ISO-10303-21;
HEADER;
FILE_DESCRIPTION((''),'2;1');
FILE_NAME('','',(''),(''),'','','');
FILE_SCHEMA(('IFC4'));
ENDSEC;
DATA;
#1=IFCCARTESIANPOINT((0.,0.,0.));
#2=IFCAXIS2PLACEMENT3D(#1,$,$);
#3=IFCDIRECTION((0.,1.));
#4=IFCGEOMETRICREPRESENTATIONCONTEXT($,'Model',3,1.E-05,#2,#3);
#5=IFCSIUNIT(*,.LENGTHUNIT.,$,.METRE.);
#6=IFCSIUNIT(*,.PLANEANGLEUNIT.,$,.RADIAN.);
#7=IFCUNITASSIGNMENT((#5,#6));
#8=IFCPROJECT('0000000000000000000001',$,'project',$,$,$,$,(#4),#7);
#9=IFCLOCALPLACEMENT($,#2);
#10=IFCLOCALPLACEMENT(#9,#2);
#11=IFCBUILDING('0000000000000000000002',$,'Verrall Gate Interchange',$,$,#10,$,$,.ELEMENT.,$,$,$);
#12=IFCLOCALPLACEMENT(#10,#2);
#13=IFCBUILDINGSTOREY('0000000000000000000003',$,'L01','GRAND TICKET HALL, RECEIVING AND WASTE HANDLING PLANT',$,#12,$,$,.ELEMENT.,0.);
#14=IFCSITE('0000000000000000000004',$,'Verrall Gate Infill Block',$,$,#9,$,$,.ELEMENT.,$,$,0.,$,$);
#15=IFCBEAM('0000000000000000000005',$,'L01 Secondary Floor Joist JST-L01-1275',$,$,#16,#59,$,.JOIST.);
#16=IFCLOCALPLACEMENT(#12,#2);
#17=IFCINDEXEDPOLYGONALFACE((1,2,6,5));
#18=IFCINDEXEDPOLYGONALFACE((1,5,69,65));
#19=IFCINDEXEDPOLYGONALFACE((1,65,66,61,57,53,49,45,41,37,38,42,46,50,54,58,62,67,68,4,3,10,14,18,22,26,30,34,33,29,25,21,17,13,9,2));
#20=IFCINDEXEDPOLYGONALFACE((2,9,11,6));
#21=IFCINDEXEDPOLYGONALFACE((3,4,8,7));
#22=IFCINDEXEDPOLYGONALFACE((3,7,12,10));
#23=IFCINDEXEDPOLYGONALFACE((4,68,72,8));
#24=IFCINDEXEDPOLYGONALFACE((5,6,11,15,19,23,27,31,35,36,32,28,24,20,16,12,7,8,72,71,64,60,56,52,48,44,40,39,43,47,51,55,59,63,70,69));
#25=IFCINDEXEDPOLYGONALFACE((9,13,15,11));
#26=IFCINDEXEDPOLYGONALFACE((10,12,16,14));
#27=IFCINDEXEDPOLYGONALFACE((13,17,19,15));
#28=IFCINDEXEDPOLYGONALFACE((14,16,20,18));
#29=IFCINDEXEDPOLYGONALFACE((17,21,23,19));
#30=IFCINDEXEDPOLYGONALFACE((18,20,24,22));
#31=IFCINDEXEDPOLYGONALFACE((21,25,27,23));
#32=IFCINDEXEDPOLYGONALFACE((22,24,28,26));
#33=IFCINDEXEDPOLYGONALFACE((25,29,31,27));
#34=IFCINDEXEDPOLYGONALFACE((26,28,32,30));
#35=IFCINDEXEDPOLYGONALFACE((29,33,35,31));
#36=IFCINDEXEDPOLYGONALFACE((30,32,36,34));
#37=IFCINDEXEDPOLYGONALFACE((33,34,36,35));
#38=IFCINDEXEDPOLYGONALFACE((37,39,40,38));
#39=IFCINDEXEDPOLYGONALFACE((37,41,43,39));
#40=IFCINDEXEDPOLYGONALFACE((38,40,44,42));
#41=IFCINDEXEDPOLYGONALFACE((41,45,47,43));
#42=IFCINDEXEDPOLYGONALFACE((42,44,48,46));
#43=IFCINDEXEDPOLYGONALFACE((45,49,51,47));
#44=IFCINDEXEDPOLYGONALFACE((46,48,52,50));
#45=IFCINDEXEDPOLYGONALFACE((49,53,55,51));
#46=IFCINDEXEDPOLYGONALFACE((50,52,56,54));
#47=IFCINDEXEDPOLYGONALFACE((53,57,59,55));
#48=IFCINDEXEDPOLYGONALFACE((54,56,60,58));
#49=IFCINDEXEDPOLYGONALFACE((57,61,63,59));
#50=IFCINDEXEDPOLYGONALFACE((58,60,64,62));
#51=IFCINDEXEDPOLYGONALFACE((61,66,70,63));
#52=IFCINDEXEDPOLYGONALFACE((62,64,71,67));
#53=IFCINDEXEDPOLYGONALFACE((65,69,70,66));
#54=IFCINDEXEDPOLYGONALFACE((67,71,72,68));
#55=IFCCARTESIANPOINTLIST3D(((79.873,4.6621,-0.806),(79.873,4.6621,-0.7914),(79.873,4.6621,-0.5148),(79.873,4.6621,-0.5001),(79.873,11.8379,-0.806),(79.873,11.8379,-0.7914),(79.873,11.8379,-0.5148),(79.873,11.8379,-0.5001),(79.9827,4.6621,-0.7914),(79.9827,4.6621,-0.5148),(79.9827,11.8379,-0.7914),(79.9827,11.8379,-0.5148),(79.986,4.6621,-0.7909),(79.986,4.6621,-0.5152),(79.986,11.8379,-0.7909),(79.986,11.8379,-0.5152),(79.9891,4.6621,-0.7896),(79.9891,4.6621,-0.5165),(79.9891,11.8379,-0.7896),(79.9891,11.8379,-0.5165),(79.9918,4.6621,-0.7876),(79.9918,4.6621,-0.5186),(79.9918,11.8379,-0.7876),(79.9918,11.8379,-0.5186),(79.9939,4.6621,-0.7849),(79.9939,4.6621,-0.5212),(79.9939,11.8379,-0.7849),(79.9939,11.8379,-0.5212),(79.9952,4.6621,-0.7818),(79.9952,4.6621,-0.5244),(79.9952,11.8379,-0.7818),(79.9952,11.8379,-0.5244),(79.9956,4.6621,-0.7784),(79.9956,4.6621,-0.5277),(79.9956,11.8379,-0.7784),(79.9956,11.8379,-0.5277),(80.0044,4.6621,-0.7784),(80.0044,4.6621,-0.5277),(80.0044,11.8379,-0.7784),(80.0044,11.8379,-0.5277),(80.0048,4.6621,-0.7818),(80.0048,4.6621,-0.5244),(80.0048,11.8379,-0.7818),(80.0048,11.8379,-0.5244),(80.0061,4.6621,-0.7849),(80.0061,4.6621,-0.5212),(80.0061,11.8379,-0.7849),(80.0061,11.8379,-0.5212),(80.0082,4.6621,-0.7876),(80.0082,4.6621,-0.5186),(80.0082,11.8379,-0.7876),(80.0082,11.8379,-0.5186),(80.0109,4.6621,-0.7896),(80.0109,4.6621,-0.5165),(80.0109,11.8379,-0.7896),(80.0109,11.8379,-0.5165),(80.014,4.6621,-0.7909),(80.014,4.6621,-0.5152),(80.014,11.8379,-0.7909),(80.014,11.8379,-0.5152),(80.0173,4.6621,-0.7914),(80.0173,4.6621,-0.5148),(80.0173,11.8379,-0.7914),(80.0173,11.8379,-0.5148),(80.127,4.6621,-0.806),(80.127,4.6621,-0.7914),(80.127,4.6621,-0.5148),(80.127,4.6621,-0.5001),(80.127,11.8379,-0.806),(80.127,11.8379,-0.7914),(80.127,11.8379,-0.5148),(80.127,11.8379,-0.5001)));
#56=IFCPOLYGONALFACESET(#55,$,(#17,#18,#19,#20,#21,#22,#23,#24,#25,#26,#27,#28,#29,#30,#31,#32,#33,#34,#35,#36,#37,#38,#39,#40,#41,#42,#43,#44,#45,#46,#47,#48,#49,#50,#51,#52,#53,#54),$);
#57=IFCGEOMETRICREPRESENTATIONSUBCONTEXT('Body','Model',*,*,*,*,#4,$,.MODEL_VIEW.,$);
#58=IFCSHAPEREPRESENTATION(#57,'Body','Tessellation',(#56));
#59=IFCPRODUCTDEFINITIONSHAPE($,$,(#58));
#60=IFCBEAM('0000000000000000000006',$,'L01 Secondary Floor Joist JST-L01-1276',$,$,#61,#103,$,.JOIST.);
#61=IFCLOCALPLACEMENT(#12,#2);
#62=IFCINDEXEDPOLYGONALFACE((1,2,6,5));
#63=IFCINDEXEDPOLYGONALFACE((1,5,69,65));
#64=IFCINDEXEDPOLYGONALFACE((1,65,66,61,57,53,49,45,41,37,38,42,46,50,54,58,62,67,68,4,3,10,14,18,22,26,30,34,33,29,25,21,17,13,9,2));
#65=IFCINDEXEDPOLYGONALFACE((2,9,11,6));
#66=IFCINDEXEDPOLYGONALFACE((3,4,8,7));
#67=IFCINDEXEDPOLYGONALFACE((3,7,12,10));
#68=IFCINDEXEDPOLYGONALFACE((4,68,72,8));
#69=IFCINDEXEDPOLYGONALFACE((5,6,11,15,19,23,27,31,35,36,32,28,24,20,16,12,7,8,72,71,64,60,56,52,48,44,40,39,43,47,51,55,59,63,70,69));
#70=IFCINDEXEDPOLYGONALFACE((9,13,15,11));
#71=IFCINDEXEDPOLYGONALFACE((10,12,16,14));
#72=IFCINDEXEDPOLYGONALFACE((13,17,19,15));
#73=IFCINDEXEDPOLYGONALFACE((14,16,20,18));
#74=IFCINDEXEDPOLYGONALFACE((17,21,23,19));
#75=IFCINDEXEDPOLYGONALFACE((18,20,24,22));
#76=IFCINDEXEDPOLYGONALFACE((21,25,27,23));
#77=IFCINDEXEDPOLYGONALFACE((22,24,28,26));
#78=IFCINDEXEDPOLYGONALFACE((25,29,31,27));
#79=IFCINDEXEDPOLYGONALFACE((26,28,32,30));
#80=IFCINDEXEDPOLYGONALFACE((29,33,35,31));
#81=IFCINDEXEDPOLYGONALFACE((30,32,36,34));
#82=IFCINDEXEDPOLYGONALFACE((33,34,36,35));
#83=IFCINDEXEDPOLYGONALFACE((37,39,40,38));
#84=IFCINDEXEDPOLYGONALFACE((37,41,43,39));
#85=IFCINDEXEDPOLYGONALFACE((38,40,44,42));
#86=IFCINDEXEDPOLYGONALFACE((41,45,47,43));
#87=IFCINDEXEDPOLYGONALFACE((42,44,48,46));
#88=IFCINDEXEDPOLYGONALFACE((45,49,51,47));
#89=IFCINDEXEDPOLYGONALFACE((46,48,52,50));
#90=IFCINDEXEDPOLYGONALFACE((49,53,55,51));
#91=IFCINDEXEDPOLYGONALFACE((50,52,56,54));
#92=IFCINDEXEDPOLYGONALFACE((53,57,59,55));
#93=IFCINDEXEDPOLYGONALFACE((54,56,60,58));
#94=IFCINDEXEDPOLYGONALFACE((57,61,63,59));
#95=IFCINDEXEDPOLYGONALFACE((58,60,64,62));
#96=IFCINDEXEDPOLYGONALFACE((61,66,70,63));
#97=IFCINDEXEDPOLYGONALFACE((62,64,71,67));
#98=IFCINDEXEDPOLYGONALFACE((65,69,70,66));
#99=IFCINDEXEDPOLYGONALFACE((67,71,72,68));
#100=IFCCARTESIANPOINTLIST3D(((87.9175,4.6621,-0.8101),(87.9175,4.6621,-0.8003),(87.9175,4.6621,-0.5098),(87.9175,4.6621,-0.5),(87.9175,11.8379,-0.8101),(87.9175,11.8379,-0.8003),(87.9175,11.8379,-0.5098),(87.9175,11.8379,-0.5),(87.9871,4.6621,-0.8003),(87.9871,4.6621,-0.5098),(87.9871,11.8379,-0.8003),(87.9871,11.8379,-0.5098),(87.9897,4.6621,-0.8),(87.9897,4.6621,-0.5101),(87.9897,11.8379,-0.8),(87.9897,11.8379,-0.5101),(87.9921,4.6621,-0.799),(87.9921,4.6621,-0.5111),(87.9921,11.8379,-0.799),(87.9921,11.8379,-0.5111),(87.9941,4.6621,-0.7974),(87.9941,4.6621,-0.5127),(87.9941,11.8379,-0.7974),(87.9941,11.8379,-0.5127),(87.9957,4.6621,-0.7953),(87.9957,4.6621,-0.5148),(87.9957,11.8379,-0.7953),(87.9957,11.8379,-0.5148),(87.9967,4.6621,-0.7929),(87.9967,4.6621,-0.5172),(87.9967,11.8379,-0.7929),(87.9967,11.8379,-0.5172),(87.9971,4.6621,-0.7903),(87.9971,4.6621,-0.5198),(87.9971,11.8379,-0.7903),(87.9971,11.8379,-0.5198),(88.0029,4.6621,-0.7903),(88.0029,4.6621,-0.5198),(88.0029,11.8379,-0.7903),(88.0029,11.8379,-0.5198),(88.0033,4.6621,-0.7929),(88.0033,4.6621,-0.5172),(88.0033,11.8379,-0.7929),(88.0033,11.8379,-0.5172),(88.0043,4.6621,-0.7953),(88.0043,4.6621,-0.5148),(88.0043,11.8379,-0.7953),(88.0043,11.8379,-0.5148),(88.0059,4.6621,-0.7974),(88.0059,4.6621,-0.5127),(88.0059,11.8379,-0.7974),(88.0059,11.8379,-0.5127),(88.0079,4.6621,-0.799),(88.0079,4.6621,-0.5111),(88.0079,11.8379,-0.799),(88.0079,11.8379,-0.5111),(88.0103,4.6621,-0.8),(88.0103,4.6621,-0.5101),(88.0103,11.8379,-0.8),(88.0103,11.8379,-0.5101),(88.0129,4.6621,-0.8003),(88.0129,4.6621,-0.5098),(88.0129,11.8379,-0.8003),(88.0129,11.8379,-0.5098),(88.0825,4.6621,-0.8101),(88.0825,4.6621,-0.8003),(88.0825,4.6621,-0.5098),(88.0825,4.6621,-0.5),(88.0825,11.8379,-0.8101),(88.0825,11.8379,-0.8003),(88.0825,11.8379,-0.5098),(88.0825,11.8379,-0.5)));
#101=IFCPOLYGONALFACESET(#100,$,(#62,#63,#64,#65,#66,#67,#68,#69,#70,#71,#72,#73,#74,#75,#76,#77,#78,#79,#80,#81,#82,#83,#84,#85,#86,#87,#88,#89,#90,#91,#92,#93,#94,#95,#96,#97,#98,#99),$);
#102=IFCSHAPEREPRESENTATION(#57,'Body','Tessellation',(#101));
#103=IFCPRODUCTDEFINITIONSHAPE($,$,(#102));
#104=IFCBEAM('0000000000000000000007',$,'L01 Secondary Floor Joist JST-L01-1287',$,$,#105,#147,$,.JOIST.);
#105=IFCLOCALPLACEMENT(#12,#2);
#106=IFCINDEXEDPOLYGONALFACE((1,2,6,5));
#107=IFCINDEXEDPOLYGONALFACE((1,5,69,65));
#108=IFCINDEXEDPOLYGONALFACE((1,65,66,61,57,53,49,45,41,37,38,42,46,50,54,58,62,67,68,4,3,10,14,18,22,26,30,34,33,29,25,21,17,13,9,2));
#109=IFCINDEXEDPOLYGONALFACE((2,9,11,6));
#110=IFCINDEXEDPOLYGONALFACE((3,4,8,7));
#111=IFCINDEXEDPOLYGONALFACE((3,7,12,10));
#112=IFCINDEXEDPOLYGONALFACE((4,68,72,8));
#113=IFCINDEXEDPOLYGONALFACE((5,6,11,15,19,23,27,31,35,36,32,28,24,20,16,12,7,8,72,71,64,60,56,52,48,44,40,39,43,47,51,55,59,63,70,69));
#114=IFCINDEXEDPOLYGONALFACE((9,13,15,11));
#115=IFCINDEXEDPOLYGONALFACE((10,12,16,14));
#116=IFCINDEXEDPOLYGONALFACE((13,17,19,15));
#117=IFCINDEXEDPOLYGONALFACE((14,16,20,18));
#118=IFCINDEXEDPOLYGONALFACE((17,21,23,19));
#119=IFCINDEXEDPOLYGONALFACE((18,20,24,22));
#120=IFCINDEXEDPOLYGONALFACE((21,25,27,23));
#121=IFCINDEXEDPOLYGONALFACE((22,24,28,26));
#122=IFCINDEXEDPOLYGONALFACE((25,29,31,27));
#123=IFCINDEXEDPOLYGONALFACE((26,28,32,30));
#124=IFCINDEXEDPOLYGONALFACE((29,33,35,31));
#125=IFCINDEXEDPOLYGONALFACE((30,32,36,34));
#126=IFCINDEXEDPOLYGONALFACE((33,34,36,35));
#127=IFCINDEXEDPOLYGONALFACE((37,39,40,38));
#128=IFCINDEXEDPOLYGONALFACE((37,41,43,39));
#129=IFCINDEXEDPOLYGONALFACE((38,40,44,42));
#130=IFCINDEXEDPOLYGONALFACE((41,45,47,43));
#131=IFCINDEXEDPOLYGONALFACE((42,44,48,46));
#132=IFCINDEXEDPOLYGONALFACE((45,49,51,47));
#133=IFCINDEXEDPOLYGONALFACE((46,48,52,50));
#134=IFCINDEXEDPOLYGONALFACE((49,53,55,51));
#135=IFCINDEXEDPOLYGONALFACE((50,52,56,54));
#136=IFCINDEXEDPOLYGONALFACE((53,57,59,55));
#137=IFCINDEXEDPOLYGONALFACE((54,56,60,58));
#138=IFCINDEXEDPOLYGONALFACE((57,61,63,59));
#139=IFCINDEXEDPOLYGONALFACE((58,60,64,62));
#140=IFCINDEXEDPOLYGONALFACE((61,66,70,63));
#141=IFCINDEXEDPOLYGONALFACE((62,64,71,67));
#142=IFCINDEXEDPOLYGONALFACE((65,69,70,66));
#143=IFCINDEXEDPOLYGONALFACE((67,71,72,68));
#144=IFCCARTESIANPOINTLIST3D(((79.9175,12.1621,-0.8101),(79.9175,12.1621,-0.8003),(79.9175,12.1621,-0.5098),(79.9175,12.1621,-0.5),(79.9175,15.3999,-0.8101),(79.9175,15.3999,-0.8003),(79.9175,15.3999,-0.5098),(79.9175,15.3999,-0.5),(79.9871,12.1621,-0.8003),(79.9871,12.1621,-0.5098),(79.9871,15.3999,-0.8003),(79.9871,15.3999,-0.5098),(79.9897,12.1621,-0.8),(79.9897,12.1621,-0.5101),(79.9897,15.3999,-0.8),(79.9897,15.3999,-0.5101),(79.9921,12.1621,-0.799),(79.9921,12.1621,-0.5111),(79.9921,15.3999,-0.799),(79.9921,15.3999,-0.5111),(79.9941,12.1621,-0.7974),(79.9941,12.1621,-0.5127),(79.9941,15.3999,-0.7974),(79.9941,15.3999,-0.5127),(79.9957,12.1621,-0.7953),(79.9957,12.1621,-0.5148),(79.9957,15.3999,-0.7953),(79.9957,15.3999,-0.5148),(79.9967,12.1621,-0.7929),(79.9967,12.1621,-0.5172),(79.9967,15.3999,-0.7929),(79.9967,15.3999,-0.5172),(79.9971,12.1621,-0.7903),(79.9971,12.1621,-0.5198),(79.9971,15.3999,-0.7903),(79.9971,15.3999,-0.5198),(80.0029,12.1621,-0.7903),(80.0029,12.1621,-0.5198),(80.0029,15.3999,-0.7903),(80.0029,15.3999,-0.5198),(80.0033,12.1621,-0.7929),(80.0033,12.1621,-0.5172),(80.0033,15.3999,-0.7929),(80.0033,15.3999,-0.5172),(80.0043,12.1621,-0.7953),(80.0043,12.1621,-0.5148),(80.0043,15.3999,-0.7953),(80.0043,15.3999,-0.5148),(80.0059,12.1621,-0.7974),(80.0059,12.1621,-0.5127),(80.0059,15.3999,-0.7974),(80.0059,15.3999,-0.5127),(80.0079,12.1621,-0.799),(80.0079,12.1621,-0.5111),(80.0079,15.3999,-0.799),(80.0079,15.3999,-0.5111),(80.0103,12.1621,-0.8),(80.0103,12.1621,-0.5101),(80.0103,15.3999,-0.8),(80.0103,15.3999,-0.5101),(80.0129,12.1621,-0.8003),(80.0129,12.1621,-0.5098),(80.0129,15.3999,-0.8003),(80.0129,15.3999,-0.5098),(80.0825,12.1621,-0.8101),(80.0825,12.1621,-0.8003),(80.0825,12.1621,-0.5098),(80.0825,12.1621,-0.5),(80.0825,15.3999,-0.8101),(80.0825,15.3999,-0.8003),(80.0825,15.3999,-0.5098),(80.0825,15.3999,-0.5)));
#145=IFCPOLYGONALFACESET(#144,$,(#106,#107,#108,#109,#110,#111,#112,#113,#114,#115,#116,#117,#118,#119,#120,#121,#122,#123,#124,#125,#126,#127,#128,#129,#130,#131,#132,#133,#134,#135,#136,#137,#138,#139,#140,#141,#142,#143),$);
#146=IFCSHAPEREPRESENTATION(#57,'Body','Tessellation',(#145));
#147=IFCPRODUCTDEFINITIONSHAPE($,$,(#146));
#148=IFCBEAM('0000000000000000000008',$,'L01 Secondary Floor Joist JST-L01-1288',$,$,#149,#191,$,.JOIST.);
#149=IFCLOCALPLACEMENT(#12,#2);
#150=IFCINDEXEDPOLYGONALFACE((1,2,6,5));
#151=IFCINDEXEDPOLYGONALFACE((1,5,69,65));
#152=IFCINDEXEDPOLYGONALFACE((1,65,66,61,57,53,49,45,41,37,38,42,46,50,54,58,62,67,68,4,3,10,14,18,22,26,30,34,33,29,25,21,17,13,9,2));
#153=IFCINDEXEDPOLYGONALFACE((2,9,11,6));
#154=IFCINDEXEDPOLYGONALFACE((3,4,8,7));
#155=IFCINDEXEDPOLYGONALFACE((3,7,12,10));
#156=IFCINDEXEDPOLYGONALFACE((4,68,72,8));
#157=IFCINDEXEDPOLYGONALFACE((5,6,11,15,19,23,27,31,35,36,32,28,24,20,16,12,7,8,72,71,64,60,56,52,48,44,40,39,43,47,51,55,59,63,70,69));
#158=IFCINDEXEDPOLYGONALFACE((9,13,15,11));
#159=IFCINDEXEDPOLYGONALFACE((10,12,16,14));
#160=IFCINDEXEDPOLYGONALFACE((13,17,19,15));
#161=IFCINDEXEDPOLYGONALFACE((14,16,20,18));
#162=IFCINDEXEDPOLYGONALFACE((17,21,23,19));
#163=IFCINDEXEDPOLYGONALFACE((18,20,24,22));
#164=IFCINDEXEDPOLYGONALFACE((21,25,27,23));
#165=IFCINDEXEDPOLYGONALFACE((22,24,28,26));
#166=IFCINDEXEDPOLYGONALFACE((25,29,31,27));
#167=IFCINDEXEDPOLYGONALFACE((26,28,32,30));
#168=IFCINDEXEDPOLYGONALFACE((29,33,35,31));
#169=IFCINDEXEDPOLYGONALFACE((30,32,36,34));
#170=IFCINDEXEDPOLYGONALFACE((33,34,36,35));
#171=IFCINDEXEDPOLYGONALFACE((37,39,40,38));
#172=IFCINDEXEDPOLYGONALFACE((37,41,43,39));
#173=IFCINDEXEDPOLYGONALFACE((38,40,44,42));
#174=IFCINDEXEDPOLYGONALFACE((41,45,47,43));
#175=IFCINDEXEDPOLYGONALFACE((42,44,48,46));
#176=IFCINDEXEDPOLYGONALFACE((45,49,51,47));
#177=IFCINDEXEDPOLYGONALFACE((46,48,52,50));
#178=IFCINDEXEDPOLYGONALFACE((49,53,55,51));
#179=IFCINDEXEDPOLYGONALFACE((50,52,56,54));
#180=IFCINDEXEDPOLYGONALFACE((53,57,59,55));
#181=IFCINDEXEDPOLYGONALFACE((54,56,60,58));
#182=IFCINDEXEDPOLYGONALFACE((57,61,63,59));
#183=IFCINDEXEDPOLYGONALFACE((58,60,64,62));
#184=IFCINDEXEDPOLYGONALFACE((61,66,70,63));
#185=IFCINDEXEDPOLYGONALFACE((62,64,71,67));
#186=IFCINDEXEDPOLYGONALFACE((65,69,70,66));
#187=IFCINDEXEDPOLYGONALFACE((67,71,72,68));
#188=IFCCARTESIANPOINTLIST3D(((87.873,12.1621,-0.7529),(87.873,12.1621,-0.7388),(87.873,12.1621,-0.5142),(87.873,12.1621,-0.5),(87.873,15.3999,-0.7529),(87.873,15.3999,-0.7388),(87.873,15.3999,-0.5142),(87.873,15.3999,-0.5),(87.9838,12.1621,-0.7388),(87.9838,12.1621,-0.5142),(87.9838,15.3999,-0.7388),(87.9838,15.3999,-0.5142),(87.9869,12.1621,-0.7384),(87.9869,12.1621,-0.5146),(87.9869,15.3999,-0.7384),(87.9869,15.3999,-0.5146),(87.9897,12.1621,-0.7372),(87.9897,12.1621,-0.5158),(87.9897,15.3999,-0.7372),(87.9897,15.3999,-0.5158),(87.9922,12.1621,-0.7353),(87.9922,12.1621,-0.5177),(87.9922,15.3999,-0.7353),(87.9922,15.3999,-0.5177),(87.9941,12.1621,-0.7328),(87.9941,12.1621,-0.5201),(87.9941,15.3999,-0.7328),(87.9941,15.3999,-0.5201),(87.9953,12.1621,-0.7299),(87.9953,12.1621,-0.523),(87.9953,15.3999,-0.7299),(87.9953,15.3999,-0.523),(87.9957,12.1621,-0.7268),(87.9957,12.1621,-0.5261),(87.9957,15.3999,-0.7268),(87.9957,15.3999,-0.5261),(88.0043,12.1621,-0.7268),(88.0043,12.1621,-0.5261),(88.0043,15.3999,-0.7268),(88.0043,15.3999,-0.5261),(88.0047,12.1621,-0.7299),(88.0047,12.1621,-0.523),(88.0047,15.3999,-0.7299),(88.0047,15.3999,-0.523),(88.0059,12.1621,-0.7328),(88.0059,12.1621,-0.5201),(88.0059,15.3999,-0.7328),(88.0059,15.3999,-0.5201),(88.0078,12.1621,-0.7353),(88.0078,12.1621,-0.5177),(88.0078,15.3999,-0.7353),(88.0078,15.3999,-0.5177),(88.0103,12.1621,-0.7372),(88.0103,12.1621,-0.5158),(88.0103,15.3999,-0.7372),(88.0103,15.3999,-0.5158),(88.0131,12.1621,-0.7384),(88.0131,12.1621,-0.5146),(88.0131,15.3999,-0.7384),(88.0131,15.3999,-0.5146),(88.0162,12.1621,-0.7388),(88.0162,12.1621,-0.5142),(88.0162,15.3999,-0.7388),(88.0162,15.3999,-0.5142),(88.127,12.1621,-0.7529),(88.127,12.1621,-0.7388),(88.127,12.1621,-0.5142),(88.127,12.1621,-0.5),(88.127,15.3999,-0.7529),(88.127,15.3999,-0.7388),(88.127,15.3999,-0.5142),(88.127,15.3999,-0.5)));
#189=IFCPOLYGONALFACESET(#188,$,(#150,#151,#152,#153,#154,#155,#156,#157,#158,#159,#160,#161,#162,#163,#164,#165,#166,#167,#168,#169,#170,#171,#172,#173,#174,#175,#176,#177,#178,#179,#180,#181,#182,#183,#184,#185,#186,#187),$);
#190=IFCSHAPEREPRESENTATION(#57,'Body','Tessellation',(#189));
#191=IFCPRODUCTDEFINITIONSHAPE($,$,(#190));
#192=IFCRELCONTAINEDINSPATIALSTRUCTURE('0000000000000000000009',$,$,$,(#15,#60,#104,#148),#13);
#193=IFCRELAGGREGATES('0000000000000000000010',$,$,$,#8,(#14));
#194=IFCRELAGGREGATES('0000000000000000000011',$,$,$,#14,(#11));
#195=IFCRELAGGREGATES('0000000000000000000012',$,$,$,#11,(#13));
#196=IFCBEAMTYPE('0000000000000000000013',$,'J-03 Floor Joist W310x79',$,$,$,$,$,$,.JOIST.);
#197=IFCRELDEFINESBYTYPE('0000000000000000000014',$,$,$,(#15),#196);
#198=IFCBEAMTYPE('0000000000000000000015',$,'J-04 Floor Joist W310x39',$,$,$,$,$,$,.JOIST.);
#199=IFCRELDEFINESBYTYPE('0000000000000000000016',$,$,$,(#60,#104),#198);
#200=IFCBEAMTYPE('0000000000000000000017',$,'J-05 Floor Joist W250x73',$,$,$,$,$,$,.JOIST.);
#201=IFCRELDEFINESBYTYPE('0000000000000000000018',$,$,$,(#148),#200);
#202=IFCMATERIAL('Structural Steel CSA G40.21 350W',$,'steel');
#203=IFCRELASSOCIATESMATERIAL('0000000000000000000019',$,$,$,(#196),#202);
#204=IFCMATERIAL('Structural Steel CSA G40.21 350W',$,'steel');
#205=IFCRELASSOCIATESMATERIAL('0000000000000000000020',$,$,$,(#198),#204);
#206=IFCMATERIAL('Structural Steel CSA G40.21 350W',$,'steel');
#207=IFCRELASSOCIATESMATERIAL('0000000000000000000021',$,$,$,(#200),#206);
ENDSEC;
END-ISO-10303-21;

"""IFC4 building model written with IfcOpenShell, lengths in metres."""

from ifc_helpers import new_model, si_unit, direction, frame, origin, origin_2d, place, context, subcontext, project, spatial, i_section, extrude, material, material_profile, profile_set, type_object, element, save


model = new_model("IFC4")

# Units and contexts
model_context = context("Model", 3, precision=1e-05, world=origin(), true_north=direction((0.0, 1.0)))
body_context = subcontext(model_context, "Body", "Model", "MODEL_VIEW")
ifc_project = project(units=[si_unit("LENGTHUNIT", "METRE"), si_unit("PLANEANGLEUNIT", "RADIAN")], contexts=[model_context])

# Site, building, storey
site_placement = place(None, origin())
site = spatial("IfcSite", under=ifc_project, at=site_placement, Name="Verrall Gate Infill Block", CompositionType="ELEMENT", RefElevation=0.0)
building_placement = place(site_placement, origin())
building = spatial("IfcBuilding", under=site, at=building_placement, Name="Verrall Gate Interchange", CompositionType="ELEMENT")
storey_placement = place(building_placement, origin())
storey = spatial("IfcBuildingStorey", under=building, at=storey_placement, Name="L01", Description="GRAND TICKET HALL, RECEIVING AND WASTE HANDLING PLANT", CompositionType="ELEMENT", Elevation=0.0)

# Beams
ifc_material_1 = material(Name="Structural Steel CSA G40.21 350W", Category="steel")
ifc_material_profile_1 = material_profile(ifc_material_1, i_section(OverallWidth=0.2539, OverallDepth=0.3059, WebThickness=0.0088, FlangeThickness=0.0146, FilletRadius=0.0129, at=origin_2d()), Name="W310x79")
ifc_profile_set_1 = profile_set([ifc_material_profile_1], Name="Structural Steel CSA G40.21 350W")
beam_type_1 = type_object("IfcBeamType", Name="J-03 Floor Joist W310x79", PredefinedType="JOIST", material=ifc_profile_set_1)
beam_1_placement = place(storey_placement, frame((80.0, 4.6621, -0.6531), z_axis=(0.0, 1.0, 0.0), x_axis=(-1.0, 0.0, 0.0)))
element("IfcBeam", 1, at=beam_1_placement, inside=storey, type_object=beam_type_1, Name="L01 Secondary Floor Joist JST-L01-1275", PredefinedType="JOIST", context=body_context, shape_type="SweptSolid", body=[
    extrude(i_section(OverallWidth=0.2539, OverallDepth=0.3059, WebThickness=0.0088, FlangeThickness=0.0146, FilletRadius=0.0129, at=origin_2d()), origin(), (0.0, 0.0, 1.0), 7.1758),
])
ifc_material_2 = material(Name="Structural Steel CSA G40.21 350W", Category="steel")
ifc_material_profile_2 = material_profile(ifc_material_2, i_section(OverallWidth=0.165, OverallDepth=0.3101, WebThickness=0.0059, FlangeThickness=0.0098, FilletRadius=0.01, at=origin_2d()), Name="W310x39")
ifc_profile_set_2 = profile_set([ifc_material_profile_2], Name="Structural Steel CSA G40.21 350W")
beam_type_2 = type_object("IfcBeamType", Name="J-04 Floor Joist W310x39", PredefinedType="JOIST", material=ifc_profile_set_2)
beam_2_placement = place(storey_placement, frame((88.0, 4.6621, -0.655), z_axis=(0.0, 1.0, 0.0), x_axis=(-1.0, 0.0, 0.0)))
element("IfcBeam", 2, at=beam_2_placement, inside=storey, type_object=beam_type_2, Name="L01 Secondary Floor Joist JST-L01-1276", PredefinedType="JOIST", context=body_context, shape_type="SweptSolid", body=[
    extrude(i_section(OverallWidth=0.165, OverallDepth=0.3101, WebThickness=0.0059, FlangeThickness=0.0098, FilletRadius=0.01, at=origin_2d()), origin(), (0.0, 0.0, 1.0), 7.1758),
])
beam_3_placement = place(storey_placement, frame((80.0, 12.1621, -0.655), z_axis=(0.0, 1.0, 0.0), x_axis=(-1.0, 0.0, 0.0)))
element("IfcBeam", 3, at=beam_3_placement, inside=storey, type_object=beam_type_2, Name="L01 Secondary Floor Joist JST-L01-1287", PredefinedType="JOIST", context=body_context, shape_type="SweptSolid", body=[
    extrude(i_section(OverallWidth=0.165, OverallDepth=0.3101, WebThickness=0.0059, FlangeThickness=0.0098, FilletRadius=0.01, at=origin_2d()), origin(), (0.0, 0.0, 1.0), 3.2378),
])
ifc_material_3 = material(Name="Structural Steel CSA G40.21 350W", Category="steel")
ifc_material_profile_3 = material_profile(ifc_material_3, i_section(OverallWidth=0.2539, OverallDepth=0.2529, WebThickness=0.0085, FlangeThickness=0.0142, FilletRadius=0.012, at=origin_2d()), Name="W250x73")
ifc_profile_set_3 = profile_set([ifc_material_profile_3], Name="Structural Steel CSA G40.21 350W")
beam_type_3 = type_object("IfcBeamType", Name="J-05 Floor Joist W250x73", PredefinedType="JOIST", material=ifc_profile_set_3)
beam_4_placement = place(storey_placement, frame((88.0, 12.1621, -0.6265), z_axis=(0.0, 1.0, 0.0), x_axis=(-1.0, 0.0, 0.0)))
element("IfcBeam", 4, at=beam_4_placement, inside=storey, type_object=beam_type_3, Name="L01 Secondary Floor Joist JST-L01-1288", PredefinedType="JOIST", context=body_context, shape_type="SweptSolid", body=[
    extrude(i_section(OverallWidth=0.2539, OverallDepth=0.2529, WebThickness=0.0085, FlangeThickness=0.0142, FilletRadius=0.012, at=origin_2d()), origin(), (0.0, 0.0, 1.0), 3.2378),
])

save(model, "model.ifc")
